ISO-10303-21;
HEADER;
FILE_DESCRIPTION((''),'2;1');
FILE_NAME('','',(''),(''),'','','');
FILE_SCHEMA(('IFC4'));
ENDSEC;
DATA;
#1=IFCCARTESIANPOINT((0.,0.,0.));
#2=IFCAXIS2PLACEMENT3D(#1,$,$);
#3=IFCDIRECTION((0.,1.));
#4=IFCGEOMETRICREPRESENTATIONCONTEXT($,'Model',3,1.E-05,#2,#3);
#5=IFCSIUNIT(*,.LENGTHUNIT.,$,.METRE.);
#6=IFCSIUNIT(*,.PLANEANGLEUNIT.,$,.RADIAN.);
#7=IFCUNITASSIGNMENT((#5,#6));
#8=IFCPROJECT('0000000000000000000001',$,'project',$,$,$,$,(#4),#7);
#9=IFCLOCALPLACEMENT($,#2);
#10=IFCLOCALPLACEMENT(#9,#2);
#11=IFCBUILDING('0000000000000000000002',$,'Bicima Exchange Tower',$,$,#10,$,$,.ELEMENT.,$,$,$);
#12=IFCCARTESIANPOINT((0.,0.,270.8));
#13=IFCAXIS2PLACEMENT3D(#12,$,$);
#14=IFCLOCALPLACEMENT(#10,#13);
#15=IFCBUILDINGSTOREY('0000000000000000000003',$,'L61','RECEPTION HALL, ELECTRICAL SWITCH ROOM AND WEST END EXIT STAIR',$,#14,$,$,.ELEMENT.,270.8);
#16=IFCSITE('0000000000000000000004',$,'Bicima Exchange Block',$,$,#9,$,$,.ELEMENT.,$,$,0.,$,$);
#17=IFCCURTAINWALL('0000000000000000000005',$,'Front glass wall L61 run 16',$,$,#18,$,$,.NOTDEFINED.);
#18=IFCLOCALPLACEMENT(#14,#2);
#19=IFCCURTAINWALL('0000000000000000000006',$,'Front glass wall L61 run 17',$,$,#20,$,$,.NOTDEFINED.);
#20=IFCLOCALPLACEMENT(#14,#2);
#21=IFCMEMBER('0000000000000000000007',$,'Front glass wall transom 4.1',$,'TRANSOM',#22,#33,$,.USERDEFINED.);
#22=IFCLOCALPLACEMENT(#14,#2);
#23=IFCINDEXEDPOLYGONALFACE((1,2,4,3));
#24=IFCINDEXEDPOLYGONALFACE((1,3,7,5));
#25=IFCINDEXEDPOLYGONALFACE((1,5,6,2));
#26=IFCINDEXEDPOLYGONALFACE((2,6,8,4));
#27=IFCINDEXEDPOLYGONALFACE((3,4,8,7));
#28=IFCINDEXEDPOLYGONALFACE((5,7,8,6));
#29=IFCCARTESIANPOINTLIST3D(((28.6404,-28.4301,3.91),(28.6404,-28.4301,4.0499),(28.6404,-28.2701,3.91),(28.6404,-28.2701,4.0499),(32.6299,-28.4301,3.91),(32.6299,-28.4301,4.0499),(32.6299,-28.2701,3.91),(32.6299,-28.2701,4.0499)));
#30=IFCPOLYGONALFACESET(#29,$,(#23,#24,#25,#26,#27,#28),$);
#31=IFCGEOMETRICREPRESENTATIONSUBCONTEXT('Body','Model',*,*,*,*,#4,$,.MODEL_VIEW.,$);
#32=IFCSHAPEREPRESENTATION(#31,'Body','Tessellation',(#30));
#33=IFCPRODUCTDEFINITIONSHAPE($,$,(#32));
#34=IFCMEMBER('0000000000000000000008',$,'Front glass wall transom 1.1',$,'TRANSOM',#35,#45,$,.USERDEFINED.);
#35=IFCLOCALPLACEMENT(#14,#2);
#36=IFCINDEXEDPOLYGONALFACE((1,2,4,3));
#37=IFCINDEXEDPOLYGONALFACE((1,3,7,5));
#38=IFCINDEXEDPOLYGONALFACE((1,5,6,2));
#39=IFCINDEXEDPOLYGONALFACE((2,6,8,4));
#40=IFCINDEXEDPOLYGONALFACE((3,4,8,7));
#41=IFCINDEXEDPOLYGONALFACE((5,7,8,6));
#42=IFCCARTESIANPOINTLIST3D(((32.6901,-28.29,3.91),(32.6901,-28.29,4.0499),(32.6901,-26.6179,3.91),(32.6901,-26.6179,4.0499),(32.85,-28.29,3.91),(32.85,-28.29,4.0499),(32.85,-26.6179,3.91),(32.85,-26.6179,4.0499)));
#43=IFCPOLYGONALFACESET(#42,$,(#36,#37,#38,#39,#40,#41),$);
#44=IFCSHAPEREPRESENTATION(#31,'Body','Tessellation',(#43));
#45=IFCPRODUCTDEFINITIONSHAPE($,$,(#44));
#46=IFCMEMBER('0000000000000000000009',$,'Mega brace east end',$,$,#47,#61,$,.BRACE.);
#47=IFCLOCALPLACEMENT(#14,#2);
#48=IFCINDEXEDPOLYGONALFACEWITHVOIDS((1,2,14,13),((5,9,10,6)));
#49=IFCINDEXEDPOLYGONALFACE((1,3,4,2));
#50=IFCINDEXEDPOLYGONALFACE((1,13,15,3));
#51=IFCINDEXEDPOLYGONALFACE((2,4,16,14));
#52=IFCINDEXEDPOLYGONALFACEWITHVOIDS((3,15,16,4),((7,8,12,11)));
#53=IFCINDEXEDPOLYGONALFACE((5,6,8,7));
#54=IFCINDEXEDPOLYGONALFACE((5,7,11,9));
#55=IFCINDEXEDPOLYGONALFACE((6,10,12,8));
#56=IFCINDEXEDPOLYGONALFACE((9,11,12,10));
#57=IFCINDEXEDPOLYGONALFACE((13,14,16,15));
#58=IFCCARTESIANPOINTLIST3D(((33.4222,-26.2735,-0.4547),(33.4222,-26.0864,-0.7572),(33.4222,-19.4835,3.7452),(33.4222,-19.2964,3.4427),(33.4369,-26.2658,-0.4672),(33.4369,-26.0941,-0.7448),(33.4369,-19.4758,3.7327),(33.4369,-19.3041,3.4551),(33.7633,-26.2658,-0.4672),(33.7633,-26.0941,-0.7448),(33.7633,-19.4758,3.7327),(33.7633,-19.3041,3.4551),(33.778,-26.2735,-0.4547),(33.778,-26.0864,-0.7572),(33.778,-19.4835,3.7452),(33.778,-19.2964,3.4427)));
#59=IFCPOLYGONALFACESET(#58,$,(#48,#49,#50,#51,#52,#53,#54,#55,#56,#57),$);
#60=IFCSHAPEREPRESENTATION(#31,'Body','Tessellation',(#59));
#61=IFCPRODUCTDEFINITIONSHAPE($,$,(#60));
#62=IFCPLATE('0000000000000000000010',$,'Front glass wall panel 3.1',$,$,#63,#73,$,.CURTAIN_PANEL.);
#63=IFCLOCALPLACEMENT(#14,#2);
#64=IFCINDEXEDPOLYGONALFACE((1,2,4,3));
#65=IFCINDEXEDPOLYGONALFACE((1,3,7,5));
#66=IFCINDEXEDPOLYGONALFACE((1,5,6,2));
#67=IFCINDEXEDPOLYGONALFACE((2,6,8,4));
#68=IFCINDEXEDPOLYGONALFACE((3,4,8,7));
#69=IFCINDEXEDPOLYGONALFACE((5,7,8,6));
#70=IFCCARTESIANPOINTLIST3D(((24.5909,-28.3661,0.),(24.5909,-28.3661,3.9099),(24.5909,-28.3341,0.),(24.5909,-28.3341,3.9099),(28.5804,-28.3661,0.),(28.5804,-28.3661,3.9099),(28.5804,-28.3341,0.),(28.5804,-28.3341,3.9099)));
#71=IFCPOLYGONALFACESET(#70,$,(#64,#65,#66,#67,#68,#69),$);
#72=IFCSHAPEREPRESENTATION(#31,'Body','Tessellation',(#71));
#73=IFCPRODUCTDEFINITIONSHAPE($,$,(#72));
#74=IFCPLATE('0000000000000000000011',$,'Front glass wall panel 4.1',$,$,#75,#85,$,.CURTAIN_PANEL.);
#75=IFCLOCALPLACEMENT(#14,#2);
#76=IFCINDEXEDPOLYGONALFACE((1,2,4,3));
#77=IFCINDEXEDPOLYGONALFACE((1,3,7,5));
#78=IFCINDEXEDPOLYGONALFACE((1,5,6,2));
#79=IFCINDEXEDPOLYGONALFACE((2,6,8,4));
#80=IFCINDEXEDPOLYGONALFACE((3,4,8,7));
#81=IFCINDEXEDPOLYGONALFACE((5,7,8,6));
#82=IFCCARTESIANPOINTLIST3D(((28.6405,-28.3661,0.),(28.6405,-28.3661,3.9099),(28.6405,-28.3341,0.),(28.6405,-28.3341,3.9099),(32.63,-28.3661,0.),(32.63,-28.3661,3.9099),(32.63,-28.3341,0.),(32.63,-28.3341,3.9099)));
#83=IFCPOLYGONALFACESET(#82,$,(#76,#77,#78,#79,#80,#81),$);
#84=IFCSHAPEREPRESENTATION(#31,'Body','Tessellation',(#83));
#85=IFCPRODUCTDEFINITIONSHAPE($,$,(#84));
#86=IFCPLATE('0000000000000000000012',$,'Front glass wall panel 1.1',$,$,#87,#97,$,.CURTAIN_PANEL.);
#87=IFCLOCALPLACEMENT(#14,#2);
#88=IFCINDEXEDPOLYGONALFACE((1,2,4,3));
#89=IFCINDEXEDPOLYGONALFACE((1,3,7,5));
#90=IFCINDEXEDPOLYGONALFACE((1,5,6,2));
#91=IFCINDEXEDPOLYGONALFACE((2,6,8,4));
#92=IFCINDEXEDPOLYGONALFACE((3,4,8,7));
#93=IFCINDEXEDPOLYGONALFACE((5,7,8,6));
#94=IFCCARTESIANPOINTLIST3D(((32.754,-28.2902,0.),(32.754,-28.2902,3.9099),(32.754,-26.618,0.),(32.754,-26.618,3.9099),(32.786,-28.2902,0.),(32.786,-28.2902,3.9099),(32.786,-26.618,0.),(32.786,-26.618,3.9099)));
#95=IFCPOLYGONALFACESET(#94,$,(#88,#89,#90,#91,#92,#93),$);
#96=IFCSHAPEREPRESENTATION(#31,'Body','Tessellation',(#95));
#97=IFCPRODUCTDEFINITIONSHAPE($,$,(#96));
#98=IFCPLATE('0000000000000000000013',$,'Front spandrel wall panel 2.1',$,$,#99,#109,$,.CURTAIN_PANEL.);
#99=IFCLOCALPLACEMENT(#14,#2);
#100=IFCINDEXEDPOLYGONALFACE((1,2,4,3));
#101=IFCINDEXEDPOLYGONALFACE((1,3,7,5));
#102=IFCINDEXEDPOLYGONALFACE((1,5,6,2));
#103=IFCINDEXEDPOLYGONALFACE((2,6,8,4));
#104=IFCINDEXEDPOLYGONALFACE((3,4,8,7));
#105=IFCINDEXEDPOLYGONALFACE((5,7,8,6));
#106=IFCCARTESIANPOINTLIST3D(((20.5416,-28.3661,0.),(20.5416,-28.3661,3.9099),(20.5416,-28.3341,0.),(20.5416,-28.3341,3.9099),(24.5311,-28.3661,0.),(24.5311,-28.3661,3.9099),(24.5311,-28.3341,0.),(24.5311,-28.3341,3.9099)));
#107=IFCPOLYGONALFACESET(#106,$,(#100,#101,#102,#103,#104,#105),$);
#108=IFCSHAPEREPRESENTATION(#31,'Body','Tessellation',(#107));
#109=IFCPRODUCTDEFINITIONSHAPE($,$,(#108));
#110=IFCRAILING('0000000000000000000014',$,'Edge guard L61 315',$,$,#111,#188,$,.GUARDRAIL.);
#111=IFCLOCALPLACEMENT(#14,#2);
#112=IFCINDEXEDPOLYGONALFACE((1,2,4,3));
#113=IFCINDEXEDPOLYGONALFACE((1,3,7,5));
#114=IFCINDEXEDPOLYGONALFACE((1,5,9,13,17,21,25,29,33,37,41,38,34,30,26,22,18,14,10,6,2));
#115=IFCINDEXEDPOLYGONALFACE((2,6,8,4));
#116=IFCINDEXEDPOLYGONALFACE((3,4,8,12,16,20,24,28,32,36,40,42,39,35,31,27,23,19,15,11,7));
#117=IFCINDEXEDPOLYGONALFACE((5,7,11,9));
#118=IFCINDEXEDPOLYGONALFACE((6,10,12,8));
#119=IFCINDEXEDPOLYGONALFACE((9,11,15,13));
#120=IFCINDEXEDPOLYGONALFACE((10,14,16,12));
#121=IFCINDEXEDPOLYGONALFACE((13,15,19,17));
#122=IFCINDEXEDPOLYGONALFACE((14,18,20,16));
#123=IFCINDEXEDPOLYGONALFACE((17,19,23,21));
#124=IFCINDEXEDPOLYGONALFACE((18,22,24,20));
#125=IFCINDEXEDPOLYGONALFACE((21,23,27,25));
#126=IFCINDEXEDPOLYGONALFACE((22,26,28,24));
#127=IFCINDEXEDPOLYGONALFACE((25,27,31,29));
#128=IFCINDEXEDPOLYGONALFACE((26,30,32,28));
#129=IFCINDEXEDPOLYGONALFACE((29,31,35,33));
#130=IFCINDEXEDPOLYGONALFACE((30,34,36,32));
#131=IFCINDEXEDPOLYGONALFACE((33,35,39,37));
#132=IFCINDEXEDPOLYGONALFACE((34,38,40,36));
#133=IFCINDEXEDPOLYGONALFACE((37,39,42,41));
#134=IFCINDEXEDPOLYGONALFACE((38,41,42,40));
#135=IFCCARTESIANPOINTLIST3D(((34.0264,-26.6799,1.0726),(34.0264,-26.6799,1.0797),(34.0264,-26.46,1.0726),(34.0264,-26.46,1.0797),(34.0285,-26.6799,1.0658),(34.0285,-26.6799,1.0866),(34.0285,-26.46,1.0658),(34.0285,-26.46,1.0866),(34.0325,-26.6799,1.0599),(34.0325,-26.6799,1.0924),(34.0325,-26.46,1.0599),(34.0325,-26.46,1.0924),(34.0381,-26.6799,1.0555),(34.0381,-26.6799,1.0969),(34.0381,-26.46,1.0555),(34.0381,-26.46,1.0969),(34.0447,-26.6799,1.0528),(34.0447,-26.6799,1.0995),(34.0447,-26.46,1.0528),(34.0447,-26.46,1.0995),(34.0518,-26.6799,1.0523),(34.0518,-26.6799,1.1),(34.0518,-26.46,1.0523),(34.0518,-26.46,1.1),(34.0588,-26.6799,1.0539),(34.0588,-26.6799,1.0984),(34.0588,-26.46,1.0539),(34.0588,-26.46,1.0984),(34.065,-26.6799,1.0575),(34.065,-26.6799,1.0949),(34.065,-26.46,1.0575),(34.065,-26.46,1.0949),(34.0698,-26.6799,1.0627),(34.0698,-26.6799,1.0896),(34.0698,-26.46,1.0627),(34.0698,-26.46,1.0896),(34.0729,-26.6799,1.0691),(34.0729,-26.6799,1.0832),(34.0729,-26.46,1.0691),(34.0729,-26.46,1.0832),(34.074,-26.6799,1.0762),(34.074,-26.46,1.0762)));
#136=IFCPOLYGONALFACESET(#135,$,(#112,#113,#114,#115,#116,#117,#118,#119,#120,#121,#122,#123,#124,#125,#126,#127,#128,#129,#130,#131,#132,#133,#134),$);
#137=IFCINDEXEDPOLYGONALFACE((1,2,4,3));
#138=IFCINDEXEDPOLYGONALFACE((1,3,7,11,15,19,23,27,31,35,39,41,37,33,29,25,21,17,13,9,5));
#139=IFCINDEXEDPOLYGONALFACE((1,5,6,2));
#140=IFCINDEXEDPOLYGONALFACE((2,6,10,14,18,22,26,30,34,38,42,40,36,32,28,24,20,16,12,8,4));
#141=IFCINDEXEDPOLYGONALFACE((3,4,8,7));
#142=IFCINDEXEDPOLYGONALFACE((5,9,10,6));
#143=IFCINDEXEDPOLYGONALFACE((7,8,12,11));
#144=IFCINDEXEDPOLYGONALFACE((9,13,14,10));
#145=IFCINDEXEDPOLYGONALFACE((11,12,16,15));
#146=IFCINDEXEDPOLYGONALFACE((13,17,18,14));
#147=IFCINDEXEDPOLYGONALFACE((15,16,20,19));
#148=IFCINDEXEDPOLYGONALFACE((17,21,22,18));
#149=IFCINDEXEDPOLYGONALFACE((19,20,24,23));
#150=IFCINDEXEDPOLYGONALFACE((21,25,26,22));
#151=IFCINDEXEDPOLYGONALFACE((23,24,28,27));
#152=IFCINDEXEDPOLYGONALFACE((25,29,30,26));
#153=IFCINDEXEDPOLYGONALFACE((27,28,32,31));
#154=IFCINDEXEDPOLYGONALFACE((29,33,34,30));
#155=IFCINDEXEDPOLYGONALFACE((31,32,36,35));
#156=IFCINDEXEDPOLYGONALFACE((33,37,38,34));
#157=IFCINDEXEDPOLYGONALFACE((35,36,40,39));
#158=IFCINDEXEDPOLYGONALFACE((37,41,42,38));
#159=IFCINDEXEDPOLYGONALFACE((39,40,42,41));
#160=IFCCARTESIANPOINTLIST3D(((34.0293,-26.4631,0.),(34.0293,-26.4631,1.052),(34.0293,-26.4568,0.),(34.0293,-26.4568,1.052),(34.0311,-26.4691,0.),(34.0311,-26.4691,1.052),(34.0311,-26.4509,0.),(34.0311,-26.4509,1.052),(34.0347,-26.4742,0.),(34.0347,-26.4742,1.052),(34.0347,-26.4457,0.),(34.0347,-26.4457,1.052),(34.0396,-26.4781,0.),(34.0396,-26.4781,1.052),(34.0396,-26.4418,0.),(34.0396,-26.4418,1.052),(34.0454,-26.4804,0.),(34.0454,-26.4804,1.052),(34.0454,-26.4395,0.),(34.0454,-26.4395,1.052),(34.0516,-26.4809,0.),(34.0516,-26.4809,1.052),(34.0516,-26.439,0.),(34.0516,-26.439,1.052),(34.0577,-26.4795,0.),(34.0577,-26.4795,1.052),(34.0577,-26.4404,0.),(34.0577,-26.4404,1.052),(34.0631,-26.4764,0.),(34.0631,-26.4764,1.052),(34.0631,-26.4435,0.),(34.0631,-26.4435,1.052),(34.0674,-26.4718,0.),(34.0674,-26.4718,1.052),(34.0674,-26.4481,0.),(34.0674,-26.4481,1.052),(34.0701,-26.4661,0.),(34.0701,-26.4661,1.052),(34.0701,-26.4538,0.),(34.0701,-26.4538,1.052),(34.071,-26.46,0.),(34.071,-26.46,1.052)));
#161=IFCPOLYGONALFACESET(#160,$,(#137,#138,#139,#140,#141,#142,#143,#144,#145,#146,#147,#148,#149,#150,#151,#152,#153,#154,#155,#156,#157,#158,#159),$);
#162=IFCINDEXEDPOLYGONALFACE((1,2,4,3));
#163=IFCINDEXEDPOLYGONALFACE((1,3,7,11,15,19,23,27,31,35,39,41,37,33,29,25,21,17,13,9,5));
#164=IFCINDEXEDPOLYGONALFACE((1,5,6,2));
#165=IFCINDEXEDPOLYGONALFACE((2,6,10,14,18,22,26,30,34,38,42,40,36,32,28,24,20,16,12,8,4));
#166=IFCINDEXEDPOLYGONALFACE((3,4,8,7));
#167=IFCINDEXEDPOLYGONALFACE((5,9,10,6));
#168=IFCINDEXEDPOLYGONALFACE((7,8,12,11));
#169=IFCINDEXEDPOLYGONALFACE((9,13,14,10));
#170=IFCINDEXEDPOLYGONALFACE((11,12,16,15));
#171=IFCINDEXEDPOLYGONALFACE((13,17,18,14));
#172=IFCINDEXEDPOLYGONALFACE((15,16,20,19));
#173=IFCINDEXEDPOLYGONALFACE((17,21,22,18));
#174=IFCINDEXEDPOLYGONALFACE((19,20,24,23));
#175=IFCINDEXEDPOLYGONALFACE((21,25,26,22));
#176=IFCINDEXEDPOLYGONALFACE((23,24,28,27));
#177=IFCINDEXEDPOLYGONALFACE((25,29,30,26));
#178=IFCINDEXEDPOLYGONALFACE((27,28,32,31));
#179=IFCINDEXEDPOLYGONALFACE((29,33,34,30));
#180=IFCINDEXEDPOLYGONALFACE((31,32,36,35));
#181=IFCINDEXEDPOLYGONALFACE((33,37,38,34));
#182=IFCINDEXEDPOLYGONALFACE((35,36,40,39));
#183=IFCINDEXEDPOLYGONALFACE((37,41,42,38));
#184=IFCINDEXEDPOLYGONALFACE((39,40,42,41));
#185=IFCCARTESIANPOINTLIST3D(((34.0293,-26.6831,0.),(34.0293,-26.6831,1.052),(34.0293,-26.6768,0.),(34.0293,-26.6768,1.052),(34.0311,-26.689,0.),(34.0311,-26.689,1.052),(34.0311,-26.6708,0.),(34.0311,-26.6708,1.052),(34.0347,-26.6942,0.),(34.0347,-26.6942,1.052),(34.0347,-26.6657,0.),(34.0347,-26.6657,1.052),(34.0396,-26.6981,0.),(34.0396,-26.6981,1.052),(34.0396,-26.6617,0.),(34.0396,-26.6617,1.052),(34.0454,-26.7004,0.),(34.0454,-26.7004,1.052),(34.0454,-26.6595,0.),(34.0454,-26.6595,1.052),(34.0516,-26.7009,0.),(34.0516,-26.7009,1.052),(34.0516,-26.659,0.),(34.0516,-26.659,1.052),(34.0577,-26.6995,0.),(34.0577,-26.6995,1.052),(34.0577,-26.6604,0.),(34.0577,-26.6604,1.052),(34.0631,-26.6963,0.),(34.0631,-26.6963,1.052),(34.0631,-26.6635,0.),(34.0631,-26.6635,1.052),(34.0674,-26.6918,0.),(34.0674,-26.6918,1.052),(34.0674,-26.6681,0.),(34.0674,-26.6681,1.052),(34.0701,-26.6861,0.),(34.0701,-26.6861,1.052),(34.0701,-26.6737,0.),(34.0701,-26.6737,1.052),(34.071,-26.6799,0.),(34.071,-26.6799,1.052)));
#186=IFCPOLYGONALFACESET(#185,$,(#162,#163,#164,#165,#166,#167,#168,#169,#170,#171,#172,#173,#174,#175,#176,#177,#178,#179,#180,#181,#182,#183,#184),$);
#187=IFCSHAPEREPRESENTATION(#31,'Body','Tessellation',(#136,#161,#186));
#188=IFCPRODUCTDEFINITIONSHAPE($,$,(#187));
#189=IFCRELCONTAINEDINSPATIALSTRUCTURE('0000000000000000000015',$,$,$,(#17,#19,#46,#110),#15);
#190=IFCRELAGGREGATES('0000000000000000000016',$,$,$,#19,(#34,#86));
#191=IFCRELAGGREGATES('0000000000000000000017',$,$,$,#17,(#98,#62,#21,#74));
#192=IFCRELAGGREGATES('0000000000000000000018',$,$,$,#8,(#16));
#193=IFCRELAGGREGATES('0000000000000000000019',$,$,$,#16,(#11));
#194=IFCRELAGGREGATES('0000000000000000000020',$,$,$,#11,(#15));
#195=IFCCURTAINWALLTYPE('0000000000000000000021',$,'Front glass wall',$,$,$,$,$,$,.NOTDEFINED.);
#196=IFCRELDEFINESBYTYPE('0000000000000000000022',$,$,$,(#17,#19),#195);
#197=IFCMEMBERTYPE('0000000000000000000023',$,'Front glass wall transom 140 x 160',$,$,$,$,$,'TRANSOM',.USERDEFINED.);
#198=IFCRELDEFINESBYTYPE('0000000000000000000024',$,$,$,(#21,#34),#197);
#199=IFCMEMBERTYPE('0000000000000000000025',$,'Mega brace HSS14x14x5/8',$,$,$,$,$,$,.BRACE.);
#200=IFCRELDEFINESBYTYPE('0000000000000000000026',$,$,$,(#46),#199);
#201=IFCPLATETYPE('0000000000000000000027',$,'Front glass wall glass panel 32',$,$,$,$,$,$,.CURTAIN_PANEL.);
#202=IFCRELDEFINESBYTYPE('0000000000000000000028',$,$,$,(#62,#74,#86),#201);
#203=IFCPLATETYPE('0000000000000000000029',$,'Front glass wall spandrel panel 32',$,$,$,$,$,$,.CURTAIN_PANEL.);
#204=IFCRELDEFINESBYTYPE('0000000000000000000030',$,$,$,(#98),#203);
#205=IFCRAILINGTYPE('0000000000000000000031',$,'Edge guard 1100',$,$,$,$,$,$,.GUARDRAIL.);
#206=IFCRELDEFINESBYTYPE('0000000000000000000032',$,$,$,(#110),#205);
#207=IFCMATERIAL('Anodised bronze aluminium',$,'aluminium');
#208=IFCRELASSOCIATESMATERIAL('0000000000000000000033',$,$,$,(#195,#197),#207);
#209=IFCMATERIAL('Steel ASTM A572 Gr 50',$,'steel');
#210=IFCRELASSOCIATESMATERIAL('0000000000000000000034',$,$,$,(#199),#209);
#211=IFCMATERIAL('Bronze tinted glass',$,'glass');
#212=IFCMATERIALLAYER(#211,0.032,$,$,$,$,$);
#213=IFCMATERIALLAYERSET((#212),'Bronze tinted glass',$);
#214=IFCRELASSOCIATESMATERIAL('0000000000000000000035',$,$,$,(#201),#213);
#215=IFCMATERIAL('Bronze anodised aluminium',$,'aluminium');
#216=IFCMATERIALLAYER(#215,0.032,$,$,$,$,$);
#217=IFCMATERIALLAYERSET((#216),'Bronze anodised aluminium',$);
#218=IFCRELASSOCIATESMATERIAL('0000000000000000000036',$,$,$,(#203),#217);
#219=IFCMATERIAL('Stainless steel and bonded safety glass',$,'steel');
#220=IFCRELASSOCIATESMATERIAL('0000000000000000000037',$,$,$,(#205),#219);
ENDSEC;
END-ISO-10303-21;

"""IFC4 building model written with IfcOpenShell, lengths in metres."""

from ifc_helpers import new_model, si_unit, direction, frame, origin, origin_2d, place, context, subcontext, project, spatial, rectangle, hollow_rectangle, circle, extrude, material, layer, layer_set, material_profile, profile_set, type_object, element, aggregate, save


model = new_model("IFC4")

# Units and contexts
model_context = context("Model", 3, precision=1e-05, world=origin(), true_north=direction((0.0, 1.0)))
body_context = subcontext(model_context, "Body", "Model", "MODEL_VIEW")
ifc_project = project(units=[si_unit("LENGTHUNIT", "METRE"), si_unit("PLANEANGLEUNIT", "RADIAN")], contexts=[model_context])

# Site, building, storey
site_placement = place(None, origin())
site = spatial("IfcSite", under=ifc_project, at=site_placement, Name="Bicima Exchange Block", CompositionType="ELEMENT", RefElevation=0.0)
building_placement = place(site_placement, origin())
building = spatial("IfcBuilding", under=site, at=building_placement, Name="Bicima Exchange Tower", CompositionType="ELEMENT")
storey_placement = place(building_placement, frame((0.0, 0.0, 270.8)))
storey = spatial("IfcBuildingStorey", under=building, at=storey_placement, Name="L61", Description="RECEPTION HALL, ELECTRICAL SWITCH ROOM AND WEST END EXIT STAIR", CompositionType="ELEMENT", Elevation=270.8)

# Shared definitions
ifc_material_1 = material(Name="Steel ASTM A572 Gr 50", Category="steel")

# Curtain walls
ifc_material_2 = material(Name="Anodised bronze aluminium", Category="aluminium")
curtain_wall_type = type_object("IfcCurtainWallType", Name="Front glass wall", PredefinedType="NOTDEFINED", material=ifc_material_2)
curtain_wall_1_placement = place(storey_placement, origin())
curtain_wall_1 = element("IfcCurtainWall", 1, at=curtain_wall_1_placement, inside=storey, type_object=curtain_wall_type, Name="Front glass wall L61 run 16", PredefinedType="NOTDEFINED")
curtain_wall_2_placement = place(storey_placement, origin())
curtain_wall_2 = element("IfcCurtainWall", 2, at=curtain_wall_2_placement, inside=storey, type_object=curtain_wall_type, Name="Front glass wall L61 run 17", PredefinedType="NOTDEFINED")

# Members
ifc_material_profile_1 = material_profile(ifc_material_2, rectangle(XDim=0.1599, YDim=0.1399, at=origin_2d()))
ifc_profile_set_1 = profile_set([ifc_material_profile_1], Name="Anodised bronze aluminium")
member_type_1 = type_object("IfcMemberType", Name="Front glass wall transom 140 x 160", ElementType="TRANSOM", PredefinedType="USERDEFINED", material=ifc_profile_set_1)
member_1_placement = place(storey_placement, frame((28.6404, -28.3501, 3.98), z_axis=(1.0, 0.0, 0.0), x_axis=(0.0, 1.0, 0.0)))
member_1 = element("IfcMember", 3, at=member_1_placement, type_object=member_type_1, Name="Front glass wall transom 4.1", ObjectType="TRANSOM", PredefinedType="USERDEFINED", context=body_context, shape_type="SweptSolid", body=[
    extrude(rectangle(XDim=0.1599, YDim=0.1399, at=origin_2d()), origin(), (0.0, 0.0, 1.0), 3.9895),
])
member_2_placement = place(storey_placement, frame((32.77, -28.29, 3.98), z_axis=(0.0, 1.0, 0.0), x_axis=(-1.0, 0.0, 0.0)))
member_2 = element("IfcMember", 4, at=member_2_placement, type_object=member_type_1, Name="Front glass wall transom 1.1", ObjectType="TRANSOM", PredefinedType="USERDEFINED", context=body_context, shape_type="SweptSolid", body=[
    extrude(rectangle(XDim=0.1599, YDim=0.1399, at=origin_2d()), origin(), (0.0, 0.0, 1.0), 1.6721),
])
ifc_material_profile_2 = material_profile(ifc_material_1, hollow_rectangle(XDim=0.3557, YDim=0.3557, WallThickness=0.0146, at=origin_2d()))
ifc_profile_set_2 = profile_set([ifc_material_profile_2], Name="Steel ASTM A572 Gr 50")
member_type_2 = type_object("IfcMemberType", Name="Mega brace HSS14x14x5/8", PredefinedType="BRACE", material=ifc_profile_set_2)
member_3_placement = place(storey_placement, frame((33.6001, -26.1799, -0.606), z_axis=(0.0, 0.850456, 0.526046), x_axis=(-1.0, 0.0, 0.0)))
element("IfcMember", 5, at=member_3_placement, inside=storey, type_object=member_type_2, Name="Mega brace east end", PredefinedType="BRACE", context=body_context, shape_type="SweptSolid", body=[
    extrude(hollow_rectangle(XDim=0.3557, YDim=0.3557, WallThickness=0.0146, at=origin_2d()), origin(), (0.0, 0.0, 1.0), 7.9839),
])

# Plates
ifc_material_3 = material(Name="Bronze tinted glass", Category="glass")
ifc_layer_1 = layer(ifc_material_3, 0.032)
ifc_layer_set_1 = layer_set([ifc_layer_1], Name="Bronze tinted glass")
plate_type_1 = type_object("IfcPlateType", Name="Front glass wall glass panel 32", PredefinedType="CURTAIN_PANEL", material=ifc_layer_set_1)
plate_1_placement = place(storey_placement, frame((26.5857, -28.3501, 0.0), z_axis=(0.0, 0.0, 1.0), x_axis=(1.0, 0.0, 0.0)))
plate_1 = element("IfcPlate", 6, at=plate_1_placement, type_object=plate_type_1, Name="Front glass wall panel 3.1", PredefinedType="CURTAIN_PANEL", context=body_context, shape_type="SweptSolid", body=[
    extrude(rectangle(XDim=3.9895, YDim=0.032, at=origin_2d()), origin(), (0.0, 0.0, 1.0), 3.9099),
])
plate_2_placement = place(storey_placement, frame((30.6353, -28.3501, 0.0), z_axis=(0.0, 0.0, 1.0), x_axis=(1.0, 0.0, 0.0)))
plate_2 = element("IfcPlate", 7, at=plate_2_placement, type_object=plate_type_1, Name="Front glass wall panel 4.1", PredefinedType="CURTAIN_PANEL", context=body_context, shape_type="SweptSolid", body=[
    extrude(rectangle(XDim=3.9895, YDim=0.032, at=origin_2d()), origin(), (0.0, 0.0, 1.0), 3.9099),
])
plate_3_placement = place(storey_placement, frame((32.77, -27.4541, 0.0), z_axis=(0.0, 0.0, 1.0), x_axis=(0.0, 1.0, 0.0)))
plate_3 = element("IfcPlate", 8, at=plate_3_placement, type_object=plate_type_1, Name="Front glass wall panel 1.1", PredefinedType="CURTAIN_PANEL", context=body_context, shape_type="SweptSolid", body=[
    extrude(rectangle(XDim=1.6721, YDim=0.032, at=origin_2d()), origin(), (0.0, 0.0, 1.0), 3.9099),
])
aggregate(curtain_wall_2, [member_2, plate_3])
ifc_material_4 = material(Name="Bronze anodised aluminium", Category="aluminium")
ifc_layer_2 = layer(ifc_material_4, 0.032)
ifc_layer_set_2 = layer_set([ifc_layer_2], Name="Bronze anodised aluminium")
plate_type_2 = type_object("IfcPlateType", Name="Front glass wall spandrel panel 32", PredefinedType="CURTAIN_PANEL", material=ifc_layer_set_2)
plate_4_placement = place(storey_placement, frame((22.5364, -28.3501, 0.0), z_axis=(0.0, 0.0, 1.0), x_axis=(1.0, 0.0, 0.0)))
plate_4 = element("IfcPlate", 9, at=plate_4_placement, type_object=plate_type_2, Name="Front spandrel wall panel 2.1", PredefinedType="CURTAIN_PANEL", context=body_context, shape_type="SweptSolid", body=[
    extrude(rectangle(XDim=3.9895, YDim=0.032, at=origin_2d()), origin(), (0.0, 0.0, 1.0), 3.9099),
])
aggregate(curtain_wall_1, [plate_4, plate_1, member_1, plate_2])

# Railing
ifc_material_5 = material(Name="Stainless steel and bonded safety glass", Category="steel")
railing_type = type_object("IfcRailingType", Name="Edge guard 1100", PredefinedType="GUARDRAIL", material=ifc_material_5)
railing_1_placement = place(storey_placement, frame((34.05, -26.46, 0.0)))
element("IfcRailing", 10, at=railing_1_placement, inside=storey, type_object=railing_type, Name="Edge guard L61 315", PredefinedType="GUARDRAIL", context=body_context, shape_type="SweptSolid", body=[
    extrude(circle(Radius=0.0239, at=origin_2d()), frame((0.0, 0.0, 1.0762), z_axis=(0.0, -1.0, 0.0), x_axis=(1.0, 0.0, 0.0)), (0.0, 0.0, 1.0), 0.22),
    extrude(circle(Radius=0.021, at=origin_2d()), origin(), (0.0, 0.0, 1.0), 1.052),
    extrude(circle(Radius=0.021, at=origin_2d()), frame((0.0, -0.22, 0.0)), (0.0, 0.0, 1.0), 1.052),
])

save(model, "model.ifc")
